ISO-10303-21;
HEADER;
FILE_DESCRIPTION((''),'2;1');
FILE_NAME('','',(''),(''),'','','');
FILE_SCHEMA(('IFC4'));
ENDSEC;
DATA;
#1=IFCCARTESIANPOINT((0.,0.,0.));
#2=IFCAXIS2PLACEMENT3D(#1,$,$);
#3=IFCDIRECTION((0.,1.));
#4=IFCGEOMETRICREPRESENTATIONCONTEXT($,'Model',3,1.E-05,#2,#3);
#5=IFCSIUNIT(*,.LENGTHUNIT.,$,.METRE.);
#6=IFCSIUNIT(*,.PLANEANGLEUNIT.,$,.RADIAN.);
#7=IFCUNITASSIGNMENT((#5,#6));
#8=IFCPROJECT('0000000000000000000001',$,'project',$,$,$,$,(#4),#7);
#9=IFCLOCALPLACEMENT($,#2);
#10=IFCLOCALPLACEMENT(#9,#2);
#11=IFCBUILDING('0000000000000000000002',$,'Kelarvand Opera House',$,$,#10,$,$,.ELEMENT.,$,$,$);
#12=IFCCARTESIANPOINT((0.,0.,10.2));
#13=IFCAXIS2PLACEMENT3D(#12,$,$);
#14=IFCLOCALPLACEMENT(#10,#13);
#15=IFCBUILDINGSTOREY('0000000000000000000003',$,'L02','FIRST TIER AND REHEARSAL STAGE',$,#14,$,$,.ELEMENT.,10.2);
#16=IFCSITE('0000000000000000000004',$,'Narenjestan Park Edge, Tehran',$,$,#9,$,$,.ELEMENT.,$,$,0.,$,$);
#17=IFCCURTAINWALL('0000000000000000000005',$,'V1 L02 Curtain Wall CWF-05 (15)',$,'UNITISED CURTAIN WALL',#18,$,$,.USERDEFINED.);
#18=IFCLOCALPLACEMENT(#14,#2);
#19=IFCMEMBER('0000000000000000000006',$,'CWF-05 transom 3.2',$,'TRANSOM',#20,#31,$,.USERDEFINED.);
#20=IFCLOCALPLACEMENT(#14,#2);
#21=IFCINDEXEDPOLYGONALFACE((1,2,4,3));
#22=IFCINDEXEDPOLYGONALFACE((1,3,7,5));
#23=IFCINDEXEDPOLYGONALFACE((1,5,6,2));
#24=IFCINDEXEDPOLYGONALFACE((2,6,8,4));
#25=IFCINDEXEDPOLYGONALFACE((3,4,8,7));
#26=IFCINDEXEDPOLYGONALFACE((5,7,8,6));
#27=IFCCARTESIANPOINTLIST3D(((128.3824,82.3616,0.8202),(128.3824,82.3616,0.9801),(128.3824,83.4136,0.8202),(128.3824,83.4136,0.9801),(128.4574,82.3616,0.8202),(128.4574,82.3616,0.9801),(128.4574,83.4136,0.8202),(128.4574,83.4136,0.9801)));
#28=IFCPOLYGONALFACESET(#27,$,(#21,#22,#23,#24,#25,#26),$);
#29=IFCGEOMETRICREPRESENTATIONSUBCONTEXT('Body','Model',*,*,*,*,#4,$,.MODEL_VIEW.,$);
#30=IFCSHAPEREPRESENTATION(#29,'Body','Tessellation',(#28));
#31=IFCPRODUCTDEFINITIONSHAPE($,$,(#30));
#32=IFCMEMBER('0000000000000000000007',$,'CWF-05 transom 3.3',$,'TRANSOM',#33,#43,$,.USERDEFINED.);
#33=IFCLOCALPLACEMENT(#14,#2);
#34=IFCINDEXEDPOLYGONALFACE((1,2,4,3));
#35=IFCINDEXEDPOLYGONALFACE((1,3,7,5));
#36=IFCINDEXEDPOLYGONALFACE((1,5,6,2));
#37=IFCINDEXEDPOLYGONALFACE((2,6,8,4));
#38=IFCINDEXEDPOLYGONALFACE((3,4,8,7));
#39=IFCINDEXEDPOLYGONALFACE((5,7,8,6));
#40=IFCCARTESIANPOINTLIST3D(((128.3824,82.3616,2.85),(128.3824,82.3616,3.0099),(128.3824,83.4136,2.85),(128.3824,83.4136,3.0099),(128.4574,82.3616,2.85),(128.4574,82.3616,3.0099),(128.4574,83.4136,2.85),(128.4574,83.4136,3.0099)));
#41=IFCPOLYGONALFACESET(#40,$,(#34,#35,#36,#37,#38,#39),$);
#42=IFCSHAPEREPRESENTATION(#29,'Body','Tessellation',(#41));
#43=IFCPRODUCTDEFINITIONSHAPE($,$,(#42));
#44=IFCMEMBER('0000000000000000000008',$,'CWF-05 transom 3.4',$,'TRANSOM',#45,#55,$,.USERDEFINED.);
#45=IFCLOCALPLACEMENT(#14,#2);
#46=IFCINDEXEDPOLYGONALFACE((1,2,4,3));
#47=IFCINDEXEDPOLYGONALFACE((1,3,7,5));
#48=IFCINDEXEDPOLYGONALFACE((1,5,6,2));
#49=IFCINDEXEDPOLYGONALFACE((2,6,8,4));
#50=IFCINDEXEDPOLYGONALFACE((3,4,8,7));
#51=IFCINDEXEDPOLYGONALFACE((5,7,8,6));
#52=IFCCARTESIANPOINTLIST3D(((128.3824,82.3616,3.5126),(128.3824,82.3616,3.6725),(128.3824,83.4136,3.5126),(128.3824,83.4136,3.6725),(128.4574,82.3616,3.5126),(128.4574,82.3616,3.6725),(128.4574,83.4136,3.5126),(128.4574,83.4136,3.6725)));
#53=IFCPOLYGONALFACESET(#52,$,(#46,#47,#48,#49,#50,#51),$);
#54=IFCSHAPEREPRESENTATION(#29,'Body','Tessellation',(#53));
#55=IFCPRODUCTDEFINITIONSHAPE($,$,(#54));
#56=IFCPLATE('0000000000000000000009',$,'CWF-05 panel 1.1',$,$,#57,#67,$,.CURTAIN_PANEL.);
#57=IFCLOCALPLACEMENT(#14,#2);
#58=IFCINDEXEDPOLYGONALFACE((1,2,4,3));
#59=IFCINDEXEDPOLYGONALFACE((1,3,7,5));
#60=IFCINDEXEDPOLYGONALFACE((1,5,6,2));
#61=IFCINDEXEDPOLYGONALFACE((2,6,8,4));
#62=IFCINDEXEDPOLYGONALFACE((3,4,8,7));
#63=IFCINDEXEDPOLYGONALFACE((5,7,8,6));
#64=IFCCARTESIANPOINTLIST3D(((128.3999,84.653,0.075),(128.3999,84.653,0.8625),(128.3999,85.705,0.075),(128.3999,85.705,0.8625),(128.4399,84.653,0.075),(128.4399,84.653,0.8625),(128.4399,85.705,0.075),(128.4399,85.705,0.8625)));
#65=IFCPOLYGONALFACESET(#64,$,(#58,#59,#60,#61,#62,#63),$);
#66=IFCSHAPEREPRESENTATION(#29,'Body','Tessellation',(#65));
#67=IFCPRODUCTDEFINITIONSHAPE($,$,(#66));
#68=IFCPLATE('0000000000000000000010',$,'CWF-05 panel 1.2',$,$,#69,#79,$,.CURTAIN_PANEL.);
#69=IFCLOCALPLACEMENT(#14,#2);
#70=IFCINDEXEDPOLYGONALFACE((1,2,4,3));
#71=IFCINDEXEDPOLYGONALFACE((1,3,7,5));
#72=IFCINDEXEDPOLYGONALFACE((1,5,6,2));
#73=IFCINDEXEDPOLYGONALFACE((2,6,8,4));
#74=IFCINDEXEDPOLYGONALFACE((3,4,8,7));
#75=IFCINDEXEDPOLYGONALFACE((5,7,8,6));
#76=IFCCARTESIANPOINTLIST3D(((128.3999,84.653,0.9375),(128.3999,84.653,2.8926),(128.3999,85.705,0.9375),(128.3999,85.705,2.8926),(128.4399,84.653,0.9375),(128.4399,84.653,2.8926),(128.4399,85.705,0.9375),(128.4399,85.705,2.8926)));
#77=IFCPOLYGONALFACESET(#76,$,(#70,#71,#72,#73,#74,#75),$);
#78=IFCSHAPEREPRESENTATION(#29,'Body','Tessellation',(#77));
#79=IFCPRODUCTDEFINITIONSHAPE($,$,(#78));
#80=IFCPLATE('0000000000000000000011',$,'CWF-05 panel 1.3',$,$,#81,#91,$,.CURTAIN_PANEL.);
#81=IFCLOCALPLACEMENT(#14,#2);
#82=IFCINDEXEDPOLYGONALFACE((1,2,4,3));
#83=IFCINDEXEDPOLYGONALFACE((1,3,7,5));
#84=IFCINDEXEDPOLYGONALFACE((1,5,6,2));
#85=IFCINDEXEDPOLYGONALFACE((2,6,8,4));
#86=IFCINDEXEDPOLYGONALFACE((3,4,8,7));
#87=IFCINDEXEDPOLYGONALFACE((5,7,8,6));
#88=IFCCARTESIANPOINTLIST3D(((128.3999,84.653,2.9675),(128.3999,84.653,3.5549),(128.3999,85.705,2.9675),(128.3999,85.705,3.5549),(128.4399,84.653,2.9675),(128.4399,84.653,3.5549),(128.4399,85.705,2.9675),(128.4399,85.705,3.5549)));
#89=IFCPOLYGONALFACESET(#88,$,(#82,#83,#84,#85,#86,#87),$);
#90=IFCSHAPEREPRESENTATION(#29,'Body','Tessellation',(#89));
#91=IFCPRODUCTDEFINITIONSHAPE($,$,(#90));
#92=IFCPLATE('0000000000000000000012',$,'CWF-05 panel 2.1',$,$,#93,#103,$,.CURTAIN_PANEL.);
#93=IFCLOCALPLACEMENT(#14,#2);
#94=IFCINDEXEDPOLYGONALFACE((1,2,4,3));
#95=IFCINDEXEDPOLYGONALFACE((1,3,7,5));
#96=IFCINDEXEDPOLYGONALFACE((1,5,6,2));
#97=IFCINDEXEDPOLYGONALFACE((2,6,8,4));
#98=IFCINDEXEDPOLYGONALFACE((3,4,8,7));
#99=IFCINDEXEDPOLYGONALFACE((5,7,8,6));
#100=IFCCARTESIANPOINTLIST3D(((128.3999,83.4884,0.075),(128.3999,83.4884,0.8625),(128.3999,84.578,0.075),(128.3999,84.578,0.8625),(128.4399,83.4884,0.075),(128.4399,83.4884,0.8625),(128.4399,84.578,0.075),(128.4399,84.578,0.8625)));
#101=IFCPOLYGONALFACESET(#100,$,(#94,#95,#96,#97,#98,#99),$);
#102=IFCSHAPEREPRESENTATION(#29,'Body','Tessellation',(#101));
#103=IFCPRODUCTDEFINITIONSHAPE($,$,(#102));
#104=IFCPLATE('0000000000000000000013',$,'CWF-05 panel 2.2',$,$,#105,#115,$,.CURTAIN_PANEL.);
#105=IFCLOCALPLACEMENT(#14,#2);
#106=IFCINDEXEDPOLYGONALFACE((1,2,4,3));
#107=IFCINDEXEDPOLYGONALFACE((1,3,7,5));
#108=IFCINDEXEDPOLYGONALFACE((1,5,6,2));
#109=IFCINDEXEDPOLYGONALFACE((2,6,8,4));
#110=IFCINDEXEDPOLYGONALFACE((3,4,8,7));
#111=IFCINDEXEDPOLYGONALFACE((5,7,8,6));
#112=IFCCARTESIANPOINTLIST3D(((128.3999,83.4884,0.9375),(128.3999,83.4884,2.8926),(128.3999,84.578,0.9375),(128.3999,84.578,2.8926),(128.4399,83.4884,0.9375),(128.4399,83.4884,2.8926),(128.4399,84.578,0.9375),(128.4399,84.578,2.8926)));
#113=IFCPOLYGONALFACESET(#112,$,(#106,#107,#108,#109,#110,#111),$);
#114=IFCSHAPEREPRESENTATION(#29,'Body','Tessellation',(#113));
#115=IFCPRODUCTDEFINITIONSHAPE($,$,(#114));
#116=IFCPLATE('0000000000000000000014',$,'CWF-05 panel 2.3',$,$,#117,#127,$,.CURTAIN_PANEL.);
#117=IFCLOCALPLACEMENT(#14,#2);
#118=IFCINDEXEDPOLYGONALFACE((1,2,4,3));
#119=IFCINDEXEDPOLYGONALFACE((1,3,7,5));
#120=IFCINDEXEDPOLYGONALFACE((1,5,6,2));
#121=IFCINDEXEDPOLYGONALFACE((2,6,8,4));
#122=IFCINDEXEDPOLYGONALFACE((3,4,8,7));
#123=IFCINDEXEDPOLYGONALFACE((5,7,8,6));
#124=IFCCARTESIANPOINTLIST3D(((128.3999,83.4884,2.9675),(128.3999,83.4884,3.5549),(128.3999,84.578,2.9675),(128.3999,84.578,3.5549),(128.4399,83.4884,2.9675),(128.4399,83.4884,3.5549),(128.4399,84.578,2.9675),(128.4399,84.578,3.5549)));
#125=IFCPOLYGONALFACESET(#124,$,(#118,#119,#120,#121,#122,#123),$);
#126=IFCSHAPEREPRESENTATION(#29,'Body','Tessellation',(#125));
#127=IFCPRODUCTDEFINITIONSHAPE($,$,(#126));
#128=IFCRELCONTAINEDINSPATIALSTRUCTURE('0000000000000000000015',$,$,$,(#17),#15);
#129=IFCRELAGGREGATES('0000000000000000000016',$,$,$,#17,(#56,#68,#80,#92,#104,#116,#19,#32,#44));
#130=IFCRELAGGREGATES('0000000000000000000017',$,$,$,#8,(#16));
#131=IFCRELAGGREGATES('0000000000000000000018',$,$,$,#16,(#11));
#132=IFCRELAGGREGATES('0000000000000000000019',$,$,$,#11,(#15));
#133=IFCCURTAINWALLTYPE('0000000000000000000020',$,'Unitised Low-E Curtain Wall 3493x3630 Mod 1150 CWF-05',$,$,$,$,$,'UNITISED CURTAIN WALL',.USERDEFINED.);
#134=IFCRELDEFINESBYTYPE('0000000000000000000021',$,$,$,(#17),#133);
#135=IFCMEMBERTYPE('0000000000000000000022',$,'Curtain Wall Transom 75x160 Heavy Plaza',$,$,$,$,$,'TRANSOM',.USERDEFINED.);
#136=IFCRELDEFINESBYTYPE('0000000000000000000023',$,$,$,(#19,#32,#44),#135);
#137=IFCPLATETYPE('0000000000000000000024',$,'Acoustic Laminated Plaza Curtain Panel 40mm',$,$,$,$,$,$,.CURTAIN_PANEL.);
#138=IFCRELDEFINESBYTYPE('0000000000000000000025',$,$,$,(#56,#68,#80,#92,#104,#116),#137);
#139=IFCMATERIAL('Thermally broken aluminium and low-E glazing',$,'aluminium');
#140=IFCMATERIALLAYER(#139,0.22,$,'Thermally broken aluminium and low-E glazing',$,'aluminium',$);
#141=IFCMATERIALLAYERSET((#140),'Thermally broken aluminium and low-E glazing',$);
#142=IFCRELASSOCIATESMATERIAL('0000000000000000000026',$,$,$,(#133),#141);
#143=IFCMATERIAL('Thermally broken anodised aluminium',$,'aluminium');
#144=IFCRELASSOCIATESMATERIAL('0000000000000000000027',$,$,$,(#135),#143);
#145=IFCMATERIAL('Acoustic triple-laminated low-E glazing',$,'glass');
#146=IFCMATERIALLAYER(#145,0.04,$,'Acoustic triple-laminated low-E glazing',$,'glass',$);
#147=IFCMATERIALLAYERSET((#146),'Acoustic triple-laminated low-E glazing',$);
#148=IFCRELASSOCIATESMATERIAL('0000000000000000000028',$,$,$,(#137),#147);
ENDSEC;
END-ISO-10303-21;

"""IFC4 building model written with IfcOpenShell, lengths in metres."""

from ifc_helpers import new_model, si_unit, direction, frame, origin, origin_2d, place, context, subcontext, project, spatial, rectangle, extrude, material, layer, layer_set, material_profile, profile_set, type_object, element, aggregate, save


model = new_model("IFC4")

# Units and contexts
model_context = context("Model", 3, precision=1e-05, world=origin(), true_north=direction((0.0, 1.0)))
body_context = subcontext(model_context, "Body", "Model", "MODEL_VIEW")
ifc_project = project(units=[si_unit("LENGTHUNIT", "METRE"), si_unit("PLANEANGLEUNIT", "RADIAN")], contexts=[model_context])

# Site, building, storey
site_placement = place(None, origin())
site = spatial("IfcSite", under=ifc_project, at=site_placement, Name="Narenjestan Park Edge, Tehran", CompositionType="ELEMENT", RefElevation=0.0)
building_placement = place(site_placement, origin())
building = spatial("IfcBuilding", under=site, at=building_placement, Name="Kelarvand Opera House", CompositionType="ELEMENT")
storey_placement = place(building_placement, frame((0.0, 0.0, 10.2)))
storey = spatial("IfcBuildingStorey", under=building, at=storey_placement, Name="L02", Description="FIRST TIER AND REHEARSAL STAGE", CompositionType="ELEMENT", Elevation=10.2)

# Curtain wall, members, plates
ifc_material_1 = material(Name="Thermally broken aluminium and low-E glazing", Category="aluminium")
ifc_layer_1 = layer(ifc_material_1, 0.22, Name="Thermally broken aluminium and low-E glazing", Category="aluminium")
ifc_layer_set_1 = layer_set([ifc_layer_1], Name="Thermally broken aluminium and low-E glazing")
curtain_wall_type = type_object("IfcCurtainWallType", Name="Unitised Low-E Curtain Wall 3493x3630 Mod 1150 CWF-05", ElementType="UNITISED CURTAIN WALL", PredefinedType="USERDEFINED", material=ifc_layer_set_1)
curtain_wall_placement = place(storey_placement, origin())
curtain_wall = element("IfcCurtainWall", 1, at=curtain_wall_placement, inside=storey, type_object=curtain_wall_type, Name="V1 L02 Curtain Wall CWF-05 (15)", ObjectType="UNITISED CURTAIN WALL", PredefinedType="USERDEFINED")
ifc_material_2 = material(Name="Thermally broken anodised aluminium", Category="aluminium")
ifc_material_profile_1 = material_profile(ifc_material_2, rectangle(XDim=0.075, YDim=0.1599, at=origin_2d()), Name="ALU TRANSOM 75x160", Category="aluminium")
ifc_profile_set_1 = profile_set([ifc_material_profile_1], Name="Thermally broken anodised aluminium")
member_type_1 = type_object("IfcMemberType", Name="Curtain Wall Transom 75x160 Heavy Plaza", ElementType="TRANSOM", PredefinedType="USERDEFINED", material=ifc_profile_set_1)
member_1_placement = place(storey_placement, frame((128.4199, 83.4136, 0.9001), z_axis=(0.0, -1.0, 0.0), x_axis=(1.0, 0.0, 0.0)))
member_1 = element("IfcMember", 2, at=member_1_placement, type_object=member_type_1, Name="CWF-05 transom 3.2", ObjectType="TRANSOM", PredefinedType="USERDEFINED", context=body_context, shape_type="SweptSolid", body=[
    extrude(rectangle(XDim=0.075, YDim=0.1599, at=origin_2d()), origin(), (0.0, 0.0, 1.0), 1.052),
])
member_2_placement = place(storey_placement, frame((128.4199, 83.4136, 2.9299), z_axis=(0.0, -1.0, 0.0), x_axis=(1.0, 0.0, 0.0)))
member_2 = element("IfcMember", 3, at=member_2_placement, type_object=member_type_1, Name="CWF-05 transom 3.3", ObjectType="TRANSOM", PredefinedType="USERDEFINED", context=body_context, shape_type="SweptSolid", body=[
    extrude(rectangle(XDim=0.075, YDim=0.1599, at=origin_2d()), origin(), (0.0, 0.0, 1.0), 1.052),
])
member_3_placement = place(storey_placement, frame((128.4199, 83.4136, 3.5925), z_axis=(0.0, -1.0, 0.0), x_axis=(1.0, 0.0, 0.0)))
member_3 = element("IfcMember", 4, at=member_3_placement, type_object=member_type_1, Name="CWF-05 transom 3.4", ObjectType="TRANSOM", PredefinedType="USERDEFINED", context=body_context, shape_type="SweptSolid", body=[
    extrude(rectangle(XDim=0.075, YDim=0.1599, at=origin_2d()), origin(), (0.0, 0.0, 1.0), 1.052),
])
ifc_material_3 = material(Name="Acoustic triple-laminated low-E glazing", Category="glass")
ifc_layer_2 = layer(ifc_material_3, 0.04, Name="Acoustic triple-laminated low-E glazing", Category="glass")
ifc_layer_set_2 = layer_set([ifc_layer_2], Name="Acoustic triple-laminated low-E glazing")
plate_type = type_object("IfcPlateType", Name="Acoustic Laminated Plaza Curtain Panel 40mm", PredefinedType="CURTAIN_PANEL", material=ifc_layer_set_2)
plate_1_placement = place(storey_placement, frame((128.4199, 85.179, 0.075), z_axis=(0.0, 0.0, 1.0), x_axis=(0.0, -1.0, 0.0)))
plate_1 = element("IfcPlate", 5, at=plate_1_placement, type_object=plate_type, Name="CWF-05 panel 1.1", PredefinedType="CURTAIN_PANEL", context=body_context, shape_type="SweptSolid", body=[
    extrude(rectangle(XDim=1.052, YDim=0.04, at=origin_2d()), origin(), (0.0, 0.0, 1.0), 0.7876),
])
plate_2_placement = place(storey_placement, frame((128.4199, 85.179, 0.9375), z_axis=(0.0, 0.0, 1.0), x_axis=(0.0, -1.0, 0.0)))
plate_2 = element("IfcPlate", 6, at=plate_2_placement, type_object=plate_type, Name="CWF-05 panel 1.2", PredefinedType="CURTAIN_PANEL", context=body_context, shape_type="SweptSolid", body=[
    extrude(rectangle(XDim=1.052, YDim=0.04, at=origin_2d()), origin(), (0.0, 0.0, 1.0), 1.9551),
])
plate_3_placement = place(storey_placement, frame((128.4199, 85.179, 2.9675), z_axis=(0.0, 0.0, 1.0), x_axis=(0.0, -1.0, 0.0)))
plate_3 = element("IfcPlate", 7, at=plate_3_placement, type_object=plate_type, Name="CWF-05 panel 1.3", PredefinedType="CURTAIN_PANEL", context=body_context, shape_type="SweptSolid", body=[
    extrude(rectangle(XDim=1.052, YDim=0.04, at=origin_2d()), origin(), (0.0, 0.0, 1.0), 0.5874),
])
plate_4_placement = place(storey_placement, frame((128.4199, 84.0332, 0.075), z_axis=(0.0, 0.0, 1.0), x_axis=(0.0, -1.0, 0.0)))
plate_4 = element("IfcPlate", 8, at=plate_4_placement, type_object=plate_type, Name="CWF-05 panel 2.1", PredefinedType="CURTAIN_PANEL", context=body_context, shape_type="SweptSolid", body=[
    extrude(rectangle(XDim=1.0896, YDim=0.04, at=origin_2d()), origin(), (0.0, 0.0, 1.0), 0.7876),
])
plate_5_placement = place(storey_placement, frame((128.4199, 84.0332, 0.9375), z_axis=(0.0, 0.0, 1.0), x_axis=(0.0, -1.0, 0.0)))
plate_5 = element("IfcPlate", 9, at=plate_5_placement, type_object=plate_type, Name="CWF-05 panel 2.2", PredefinedType="CURTAIN_PANEL", context=body_context, shape_type="SweptSolid", body=[
    extrude(rectangle(XDim=1.0896, YDim=0.04, at=origin_2d()), origin(), (0.0, 0.0, 1.0), 1.9551),
])
plate_6_placement = place(storey_placement, frame((128.4199, 84.0332, 2.9675), z_axis=(0.0, 0.0, 1.0), x_axis=(0.0, -1.0, 0.0)))
plate_6 = element("IfcPlate", 10, at=plate_6_placement, type_object=plate_type, Name="CWF-05 panel 2.3", PredefinedType="CURTAIN_PANEL", context=body_context, shape_type="SweptSolid", body=[
    extrude(rectangle(XDim=1.0896, YDim=0.04, at=origin_2d()), origin(), (0.0, 0.0, 1.0), 0.5874),
])
aggregate(curtain_wall, [plate_1, plate_2, plate_3, plate_4, plate_5, plate_6, member_1, member_2, member_3])

save(model, "model.ifc")
